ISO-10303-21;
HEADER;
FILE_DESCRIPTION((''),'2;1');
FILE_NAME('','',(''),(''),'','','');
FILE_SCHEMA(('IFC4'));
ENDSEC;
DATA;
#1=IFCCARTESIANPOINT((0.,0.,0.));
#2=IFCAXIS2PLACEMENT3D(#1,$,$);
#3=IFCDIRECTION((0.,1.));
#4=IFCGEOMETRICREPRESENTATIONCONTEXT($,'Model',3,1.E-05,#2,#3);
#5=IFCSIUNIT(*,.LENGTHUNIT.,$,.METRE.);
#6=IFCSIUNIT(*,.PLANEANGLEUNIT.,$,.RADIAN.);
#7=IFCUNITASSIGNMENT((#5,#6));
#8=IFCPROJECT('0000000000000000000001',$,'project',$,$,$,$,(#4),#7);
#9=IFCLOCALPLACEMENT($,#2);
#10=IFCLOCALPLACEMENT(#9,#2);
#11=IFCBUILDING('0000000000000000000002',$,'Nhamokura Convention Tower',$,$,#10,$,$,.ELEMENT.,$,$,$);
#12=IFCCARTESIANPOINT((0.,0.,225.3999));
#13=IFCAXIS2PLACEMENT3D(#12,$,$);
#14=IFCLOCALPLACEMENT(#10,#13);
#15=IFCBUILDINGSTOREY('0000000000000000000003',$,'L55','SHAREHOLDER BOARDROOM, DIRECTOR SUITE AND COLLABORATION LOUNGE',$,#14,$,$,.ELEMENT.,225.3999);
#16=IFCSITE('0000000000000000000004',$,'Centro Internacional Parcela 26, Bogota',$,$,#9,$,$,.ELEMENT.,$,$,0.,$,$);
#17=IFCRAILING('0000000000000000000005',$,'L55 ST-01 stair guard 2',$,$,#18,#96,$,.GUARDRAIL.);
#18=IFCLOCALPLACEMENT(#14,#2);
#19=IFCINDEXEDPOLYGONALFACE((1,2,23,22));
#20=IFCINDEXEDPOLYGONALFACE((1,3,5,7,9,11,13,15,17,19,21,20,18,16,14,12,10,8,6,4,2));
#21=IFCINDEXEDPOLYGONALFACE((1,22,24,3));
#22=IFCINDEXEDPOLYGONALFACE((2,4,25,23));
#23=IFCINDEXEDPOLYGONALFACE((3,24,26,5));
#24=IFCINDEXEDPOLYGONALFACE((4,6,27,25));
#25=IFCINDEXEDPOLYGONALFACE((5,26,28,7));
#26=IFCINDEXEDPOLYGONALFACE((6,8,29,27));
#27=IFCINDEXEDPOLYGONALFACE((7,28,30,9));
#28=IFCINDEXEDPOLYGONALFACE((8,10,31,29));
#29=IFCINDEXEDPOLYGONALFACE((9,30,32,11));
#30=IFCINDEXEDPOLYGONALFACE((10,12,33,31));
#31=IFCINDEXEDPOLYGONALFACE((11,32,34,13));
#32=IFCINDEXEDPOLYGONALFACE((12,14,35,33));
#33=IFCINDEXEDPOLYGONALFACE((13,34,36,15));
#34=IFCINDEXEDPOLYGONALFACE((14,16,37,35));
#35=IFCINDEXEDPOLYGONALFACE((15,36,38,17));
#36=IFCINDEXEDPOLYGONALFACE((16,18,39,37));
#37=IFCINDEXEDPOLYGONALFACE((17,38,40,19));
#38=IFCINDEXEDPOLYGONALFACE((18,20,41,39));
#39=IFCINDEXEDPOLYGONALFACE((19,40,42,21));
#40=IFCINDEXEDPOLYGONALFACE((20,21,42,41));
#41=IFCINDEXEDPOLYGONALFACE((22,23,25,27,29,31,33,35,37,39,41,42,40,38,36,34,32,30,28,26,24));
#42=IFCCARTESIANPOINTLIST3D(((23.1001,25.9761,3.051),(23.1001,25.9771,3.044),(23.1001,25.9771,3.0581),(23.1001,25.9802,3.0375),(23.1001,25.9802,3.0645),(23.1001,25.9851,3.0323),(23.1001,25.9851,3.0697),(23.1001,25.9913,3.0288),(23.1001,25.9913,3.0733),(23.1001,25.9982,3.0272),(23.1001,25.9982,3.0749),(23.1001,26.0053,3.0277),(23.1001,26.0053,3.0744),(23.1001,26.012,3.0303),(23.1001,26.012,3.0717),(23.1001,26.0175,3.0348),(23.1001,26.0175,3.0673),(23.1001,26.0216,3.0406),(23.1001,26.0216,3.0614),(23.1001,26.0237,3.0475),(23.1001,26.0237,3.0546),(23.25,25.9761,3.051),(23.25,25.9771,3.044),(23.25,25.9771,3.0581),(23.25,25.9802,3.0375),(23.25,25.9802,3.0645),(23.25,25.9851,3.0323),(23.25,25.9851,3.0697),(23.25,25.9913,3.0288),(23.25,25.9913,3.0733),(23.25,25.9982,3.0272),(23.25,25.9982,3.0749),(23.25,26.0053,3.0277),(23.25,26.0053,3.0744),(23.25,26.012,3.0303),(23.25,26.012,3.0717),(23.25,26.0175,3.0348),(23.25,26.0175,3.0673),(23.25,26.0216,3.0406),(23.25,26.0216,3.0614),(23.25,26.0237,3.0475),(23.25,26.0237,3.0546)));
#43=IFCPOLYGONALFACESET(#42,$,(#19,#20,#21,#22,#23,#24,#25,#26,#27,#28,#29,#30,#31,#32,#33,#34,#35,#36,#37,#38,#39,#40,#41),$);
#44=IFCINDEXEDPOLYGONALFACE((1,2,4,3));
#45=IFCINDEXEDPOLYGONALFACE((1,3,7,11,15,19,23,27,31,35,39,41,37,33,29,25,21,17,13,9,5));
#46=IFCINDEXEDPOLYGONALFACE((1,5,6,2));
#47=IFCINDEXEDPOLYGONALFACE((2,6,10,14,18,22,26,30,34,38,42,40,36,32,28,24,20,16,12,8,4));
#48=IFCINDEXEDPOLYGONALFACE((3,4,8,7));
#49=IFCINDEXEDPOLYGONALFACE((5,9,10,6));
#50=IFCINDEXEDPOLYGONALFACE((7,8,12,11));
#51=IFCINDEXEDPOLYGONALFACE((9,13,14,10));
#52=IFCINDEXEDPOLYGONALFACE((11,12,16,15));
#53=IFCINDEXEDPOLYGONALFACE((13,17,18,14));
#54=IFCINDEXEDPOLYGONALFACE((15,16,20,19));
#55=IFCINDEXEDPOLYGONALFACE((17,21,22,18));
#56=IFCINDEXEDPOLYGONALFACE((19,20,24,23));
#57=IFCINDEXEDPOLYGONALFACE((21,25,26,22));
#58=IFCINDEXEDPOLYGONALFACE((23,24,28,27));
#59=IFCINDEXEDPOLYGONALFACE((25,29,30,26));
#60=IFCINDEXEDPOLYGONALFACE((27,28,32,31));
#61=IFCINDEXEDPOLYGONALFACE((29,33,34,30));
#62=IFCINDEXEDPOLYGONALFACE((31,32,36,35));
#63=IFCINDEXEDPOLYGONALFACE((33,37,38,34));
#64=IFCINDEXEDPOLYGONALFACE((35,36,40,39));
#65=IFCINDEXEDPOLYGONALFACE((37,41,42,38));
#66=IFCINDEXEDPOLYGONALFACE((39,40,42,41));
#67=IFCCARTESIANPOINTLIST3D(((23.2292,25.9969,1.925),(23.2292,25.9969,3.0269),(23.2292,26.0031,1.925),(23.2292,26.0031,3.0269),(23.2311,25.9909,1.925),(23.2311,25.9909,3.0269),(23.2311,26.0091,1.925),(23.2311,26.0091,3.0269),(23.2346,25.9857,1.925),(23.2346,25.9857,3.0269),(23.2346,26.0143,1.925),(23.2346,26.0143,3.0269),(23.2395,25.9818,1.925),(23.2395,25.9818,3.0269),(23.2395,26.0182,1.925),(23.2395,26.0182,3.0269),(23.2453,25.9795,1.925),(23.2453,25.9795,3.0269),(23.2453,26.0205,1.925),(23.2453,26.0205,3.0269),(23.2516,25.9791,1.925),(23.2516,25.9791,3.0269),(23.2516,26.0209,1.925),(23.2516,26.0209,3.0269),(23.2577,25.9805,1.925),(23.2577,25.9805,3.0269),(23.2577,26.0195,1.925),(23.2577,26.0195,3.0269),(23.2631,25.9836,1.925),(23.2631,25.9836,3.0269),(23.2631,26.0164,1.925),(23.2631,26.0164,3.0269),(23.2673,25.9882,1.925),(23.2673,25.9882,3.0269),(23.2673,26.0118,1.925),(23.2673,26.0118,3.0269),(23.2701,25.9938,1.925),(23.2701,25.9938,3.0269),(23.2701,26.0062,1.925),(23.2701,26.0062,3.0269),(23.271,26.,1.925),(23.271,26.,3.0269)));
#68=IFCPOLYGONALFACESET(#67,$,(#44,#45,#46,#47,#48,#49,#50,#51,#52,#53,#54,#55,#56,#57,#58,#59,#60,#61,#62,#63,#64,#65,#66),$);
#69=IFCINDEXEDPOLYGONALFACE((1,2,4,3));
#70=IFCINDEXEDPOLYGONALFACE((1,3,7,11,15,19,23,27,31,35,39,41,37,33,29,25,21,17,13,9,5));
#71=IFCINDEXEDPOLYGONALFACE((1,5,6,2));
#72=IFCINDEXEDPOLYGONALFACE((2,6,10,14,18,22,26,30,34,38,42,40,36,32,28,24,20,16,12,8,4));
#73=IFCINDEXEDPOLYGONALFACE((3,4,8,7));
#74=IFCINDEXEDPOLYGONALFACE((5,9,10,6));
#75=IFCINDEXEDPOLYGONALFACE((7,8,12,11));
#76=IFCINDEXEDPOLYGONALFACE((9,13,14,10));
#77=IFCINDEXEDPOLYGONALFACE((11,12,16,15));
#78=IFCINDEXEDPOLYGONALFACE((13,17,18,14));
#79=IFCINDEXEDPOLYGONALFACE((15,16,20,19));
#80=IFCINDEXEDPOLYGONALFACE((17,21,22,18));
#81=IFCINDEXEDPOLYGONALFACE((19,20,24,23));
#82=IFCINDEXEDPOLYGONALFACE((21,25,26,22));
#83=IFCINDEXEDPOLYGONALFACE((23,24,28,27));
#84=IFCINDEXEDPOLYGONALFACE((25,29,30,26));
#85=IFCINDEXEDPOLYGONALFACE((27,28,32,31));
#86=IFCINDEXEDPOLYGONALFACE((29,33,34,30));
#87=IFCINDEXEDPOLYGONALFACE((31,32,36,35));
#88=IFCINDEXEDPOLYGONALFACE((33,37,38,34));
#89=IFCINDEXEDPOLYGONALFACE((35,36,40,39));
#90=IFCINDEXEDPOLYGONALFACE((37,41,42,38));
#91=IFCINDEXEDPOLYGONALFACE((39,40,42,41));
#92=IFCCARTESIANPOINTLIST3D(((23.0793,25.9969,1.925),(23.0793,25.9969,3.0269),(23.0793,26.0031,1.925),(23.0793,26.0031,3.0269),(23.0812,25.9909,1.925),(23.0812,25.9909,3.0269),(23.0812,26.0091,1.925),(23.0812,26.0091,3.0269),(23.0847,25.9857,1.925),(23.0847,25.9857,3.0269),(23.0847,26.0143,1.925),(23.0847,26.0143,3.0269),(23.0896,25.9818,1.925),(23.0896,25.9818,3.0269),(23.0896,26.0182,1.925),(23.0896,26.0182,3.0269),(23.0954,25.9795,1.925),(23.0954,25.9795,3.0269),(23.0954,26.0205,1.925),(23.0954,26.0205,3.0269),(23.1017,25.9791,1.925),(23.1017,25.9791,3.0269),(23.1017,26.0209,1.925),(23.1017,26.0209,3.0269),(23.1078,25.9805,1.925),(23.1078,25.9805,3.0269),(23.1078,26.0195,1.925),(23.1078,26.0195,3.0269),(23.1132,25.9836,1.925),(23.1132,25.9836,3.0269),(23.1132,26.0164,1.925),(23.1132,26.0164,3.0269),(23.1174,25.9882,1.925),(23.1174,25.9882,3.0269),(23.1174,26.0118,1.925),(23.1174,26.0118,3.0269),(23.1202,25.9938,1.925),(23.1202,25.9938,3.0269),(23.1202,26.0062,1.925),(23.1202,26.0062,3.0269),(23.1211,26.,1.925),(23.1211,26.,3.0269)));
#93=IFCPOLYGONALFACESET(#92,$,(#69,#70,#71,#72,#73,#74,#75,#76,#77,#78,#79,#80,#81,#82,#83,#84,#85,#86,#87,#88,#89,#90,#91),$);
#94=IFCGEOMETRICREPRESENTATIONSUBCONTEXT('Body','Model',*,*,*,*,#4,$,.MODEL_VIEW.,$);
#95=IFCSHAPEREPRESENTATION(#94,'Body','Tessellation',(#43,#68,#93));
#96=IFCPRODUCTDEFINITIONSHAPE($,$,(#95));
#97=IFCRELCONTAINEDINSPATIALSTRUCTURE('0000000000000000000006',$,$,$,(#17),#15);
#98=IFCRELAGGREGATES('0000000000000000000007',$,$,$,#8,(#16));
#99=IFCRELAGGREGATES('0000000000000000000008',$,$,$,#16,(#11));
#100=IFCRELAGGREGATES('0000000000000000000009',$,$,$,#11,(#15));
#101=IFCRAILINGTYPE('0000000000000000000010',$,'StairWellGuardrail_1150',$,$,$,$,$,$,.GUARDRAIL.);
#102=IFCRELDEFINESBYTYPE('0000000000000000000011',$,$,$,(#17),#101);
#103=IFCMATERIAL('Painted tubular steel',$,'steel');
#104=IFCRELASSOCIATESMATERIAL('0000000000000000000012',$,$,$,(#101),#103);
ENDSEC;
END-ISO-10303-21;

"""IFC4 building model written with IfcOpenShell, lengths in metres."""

from ifc_helpers import new_model, si_unit, direction, frame, origin, origin_2d, place, context, subcontext, project, spatial, circle, extrude, material, type_object, element, save


model = new_model("IFC4")

# Units and contexts
model_context = context("Model", 3, precision=1e-05, world=origin(), true_north=direction((0.0, 1.0)))
body_context = subcontext(model_context, "Body", "Model", "MODEL_VIEW")
ifc_project = project(units=[si_unit("LENGTHUNIT", "METRE"), si_unit("PLANEANGLEUNIT", "RADIAN")], contexts=[model_context])

# Site, building, storey
site_placement = place(None, origin())
site = spatial("IfcSite", under=ifc_project, at=site_placement, Name="Centro Internacional Parcela 26, Bogota", CompositionType="ELEMENT", RefElevation=0.0)
building_placement = place(site_placement, origin())
building = spatial("IfcBuilding", under=site, at=building_placement, Name="Nhamokura Convention Tower", CompositionType="ELEMENT")
storey_placement = place(building_placement, frame((0.0, 0.0, 225.3999)))
storey = spatial("IfcBuildingStorey", under=building, at=storey_placement, Name="L55", Description="SHAREHOLDER BOARDROOM, DIRECTOR SUITE AND COLLABORATION LOUNGE", CompositionType="ELEMENT", Elevation=225.3999)

# Railing
ifc_material_1 = material(Name="Painted tubular steel", Category="steel")
railing_type_1 = type_object("IfcRailingType", Name="StairWellGuardrail_1150", PredefinedType="GUARDRAIL", material=ifc_material_1)
railing_1_placement = place(storey_placement, frame((23.25, 26.0, 1.925)))
element("IfcRailing", 1, at=railing_1_placement, inside=storey, type_object=railing_type_1, Name="L55 ST-01 stair guard 2", PredefinedType="GUARDRAIL", context=body_context, shape_type="SweptSolid", body=[
    extrude(circle(Radius=0.0239, at=origin_2d()), frame((0.0, 0.0, 1.126), z_axis=(-1.0, 0.0, 0.0), x_axis=(0.0, -1.0, 0.0)), (0.0, 0.0, 1.0), 0.1499),
    extrude(circle(Radius=0.021, at=origin_2d()), origin(), (0.0, 0.0, 1.0), 1.1018),
    extrude(circle(Radius=0.021, at=origin_2d()), frame((-0.1499, 0.0, 0.0)), (0.0, 0.0, 1.0), 1.1018),
])

save(model, "model.ifc")
